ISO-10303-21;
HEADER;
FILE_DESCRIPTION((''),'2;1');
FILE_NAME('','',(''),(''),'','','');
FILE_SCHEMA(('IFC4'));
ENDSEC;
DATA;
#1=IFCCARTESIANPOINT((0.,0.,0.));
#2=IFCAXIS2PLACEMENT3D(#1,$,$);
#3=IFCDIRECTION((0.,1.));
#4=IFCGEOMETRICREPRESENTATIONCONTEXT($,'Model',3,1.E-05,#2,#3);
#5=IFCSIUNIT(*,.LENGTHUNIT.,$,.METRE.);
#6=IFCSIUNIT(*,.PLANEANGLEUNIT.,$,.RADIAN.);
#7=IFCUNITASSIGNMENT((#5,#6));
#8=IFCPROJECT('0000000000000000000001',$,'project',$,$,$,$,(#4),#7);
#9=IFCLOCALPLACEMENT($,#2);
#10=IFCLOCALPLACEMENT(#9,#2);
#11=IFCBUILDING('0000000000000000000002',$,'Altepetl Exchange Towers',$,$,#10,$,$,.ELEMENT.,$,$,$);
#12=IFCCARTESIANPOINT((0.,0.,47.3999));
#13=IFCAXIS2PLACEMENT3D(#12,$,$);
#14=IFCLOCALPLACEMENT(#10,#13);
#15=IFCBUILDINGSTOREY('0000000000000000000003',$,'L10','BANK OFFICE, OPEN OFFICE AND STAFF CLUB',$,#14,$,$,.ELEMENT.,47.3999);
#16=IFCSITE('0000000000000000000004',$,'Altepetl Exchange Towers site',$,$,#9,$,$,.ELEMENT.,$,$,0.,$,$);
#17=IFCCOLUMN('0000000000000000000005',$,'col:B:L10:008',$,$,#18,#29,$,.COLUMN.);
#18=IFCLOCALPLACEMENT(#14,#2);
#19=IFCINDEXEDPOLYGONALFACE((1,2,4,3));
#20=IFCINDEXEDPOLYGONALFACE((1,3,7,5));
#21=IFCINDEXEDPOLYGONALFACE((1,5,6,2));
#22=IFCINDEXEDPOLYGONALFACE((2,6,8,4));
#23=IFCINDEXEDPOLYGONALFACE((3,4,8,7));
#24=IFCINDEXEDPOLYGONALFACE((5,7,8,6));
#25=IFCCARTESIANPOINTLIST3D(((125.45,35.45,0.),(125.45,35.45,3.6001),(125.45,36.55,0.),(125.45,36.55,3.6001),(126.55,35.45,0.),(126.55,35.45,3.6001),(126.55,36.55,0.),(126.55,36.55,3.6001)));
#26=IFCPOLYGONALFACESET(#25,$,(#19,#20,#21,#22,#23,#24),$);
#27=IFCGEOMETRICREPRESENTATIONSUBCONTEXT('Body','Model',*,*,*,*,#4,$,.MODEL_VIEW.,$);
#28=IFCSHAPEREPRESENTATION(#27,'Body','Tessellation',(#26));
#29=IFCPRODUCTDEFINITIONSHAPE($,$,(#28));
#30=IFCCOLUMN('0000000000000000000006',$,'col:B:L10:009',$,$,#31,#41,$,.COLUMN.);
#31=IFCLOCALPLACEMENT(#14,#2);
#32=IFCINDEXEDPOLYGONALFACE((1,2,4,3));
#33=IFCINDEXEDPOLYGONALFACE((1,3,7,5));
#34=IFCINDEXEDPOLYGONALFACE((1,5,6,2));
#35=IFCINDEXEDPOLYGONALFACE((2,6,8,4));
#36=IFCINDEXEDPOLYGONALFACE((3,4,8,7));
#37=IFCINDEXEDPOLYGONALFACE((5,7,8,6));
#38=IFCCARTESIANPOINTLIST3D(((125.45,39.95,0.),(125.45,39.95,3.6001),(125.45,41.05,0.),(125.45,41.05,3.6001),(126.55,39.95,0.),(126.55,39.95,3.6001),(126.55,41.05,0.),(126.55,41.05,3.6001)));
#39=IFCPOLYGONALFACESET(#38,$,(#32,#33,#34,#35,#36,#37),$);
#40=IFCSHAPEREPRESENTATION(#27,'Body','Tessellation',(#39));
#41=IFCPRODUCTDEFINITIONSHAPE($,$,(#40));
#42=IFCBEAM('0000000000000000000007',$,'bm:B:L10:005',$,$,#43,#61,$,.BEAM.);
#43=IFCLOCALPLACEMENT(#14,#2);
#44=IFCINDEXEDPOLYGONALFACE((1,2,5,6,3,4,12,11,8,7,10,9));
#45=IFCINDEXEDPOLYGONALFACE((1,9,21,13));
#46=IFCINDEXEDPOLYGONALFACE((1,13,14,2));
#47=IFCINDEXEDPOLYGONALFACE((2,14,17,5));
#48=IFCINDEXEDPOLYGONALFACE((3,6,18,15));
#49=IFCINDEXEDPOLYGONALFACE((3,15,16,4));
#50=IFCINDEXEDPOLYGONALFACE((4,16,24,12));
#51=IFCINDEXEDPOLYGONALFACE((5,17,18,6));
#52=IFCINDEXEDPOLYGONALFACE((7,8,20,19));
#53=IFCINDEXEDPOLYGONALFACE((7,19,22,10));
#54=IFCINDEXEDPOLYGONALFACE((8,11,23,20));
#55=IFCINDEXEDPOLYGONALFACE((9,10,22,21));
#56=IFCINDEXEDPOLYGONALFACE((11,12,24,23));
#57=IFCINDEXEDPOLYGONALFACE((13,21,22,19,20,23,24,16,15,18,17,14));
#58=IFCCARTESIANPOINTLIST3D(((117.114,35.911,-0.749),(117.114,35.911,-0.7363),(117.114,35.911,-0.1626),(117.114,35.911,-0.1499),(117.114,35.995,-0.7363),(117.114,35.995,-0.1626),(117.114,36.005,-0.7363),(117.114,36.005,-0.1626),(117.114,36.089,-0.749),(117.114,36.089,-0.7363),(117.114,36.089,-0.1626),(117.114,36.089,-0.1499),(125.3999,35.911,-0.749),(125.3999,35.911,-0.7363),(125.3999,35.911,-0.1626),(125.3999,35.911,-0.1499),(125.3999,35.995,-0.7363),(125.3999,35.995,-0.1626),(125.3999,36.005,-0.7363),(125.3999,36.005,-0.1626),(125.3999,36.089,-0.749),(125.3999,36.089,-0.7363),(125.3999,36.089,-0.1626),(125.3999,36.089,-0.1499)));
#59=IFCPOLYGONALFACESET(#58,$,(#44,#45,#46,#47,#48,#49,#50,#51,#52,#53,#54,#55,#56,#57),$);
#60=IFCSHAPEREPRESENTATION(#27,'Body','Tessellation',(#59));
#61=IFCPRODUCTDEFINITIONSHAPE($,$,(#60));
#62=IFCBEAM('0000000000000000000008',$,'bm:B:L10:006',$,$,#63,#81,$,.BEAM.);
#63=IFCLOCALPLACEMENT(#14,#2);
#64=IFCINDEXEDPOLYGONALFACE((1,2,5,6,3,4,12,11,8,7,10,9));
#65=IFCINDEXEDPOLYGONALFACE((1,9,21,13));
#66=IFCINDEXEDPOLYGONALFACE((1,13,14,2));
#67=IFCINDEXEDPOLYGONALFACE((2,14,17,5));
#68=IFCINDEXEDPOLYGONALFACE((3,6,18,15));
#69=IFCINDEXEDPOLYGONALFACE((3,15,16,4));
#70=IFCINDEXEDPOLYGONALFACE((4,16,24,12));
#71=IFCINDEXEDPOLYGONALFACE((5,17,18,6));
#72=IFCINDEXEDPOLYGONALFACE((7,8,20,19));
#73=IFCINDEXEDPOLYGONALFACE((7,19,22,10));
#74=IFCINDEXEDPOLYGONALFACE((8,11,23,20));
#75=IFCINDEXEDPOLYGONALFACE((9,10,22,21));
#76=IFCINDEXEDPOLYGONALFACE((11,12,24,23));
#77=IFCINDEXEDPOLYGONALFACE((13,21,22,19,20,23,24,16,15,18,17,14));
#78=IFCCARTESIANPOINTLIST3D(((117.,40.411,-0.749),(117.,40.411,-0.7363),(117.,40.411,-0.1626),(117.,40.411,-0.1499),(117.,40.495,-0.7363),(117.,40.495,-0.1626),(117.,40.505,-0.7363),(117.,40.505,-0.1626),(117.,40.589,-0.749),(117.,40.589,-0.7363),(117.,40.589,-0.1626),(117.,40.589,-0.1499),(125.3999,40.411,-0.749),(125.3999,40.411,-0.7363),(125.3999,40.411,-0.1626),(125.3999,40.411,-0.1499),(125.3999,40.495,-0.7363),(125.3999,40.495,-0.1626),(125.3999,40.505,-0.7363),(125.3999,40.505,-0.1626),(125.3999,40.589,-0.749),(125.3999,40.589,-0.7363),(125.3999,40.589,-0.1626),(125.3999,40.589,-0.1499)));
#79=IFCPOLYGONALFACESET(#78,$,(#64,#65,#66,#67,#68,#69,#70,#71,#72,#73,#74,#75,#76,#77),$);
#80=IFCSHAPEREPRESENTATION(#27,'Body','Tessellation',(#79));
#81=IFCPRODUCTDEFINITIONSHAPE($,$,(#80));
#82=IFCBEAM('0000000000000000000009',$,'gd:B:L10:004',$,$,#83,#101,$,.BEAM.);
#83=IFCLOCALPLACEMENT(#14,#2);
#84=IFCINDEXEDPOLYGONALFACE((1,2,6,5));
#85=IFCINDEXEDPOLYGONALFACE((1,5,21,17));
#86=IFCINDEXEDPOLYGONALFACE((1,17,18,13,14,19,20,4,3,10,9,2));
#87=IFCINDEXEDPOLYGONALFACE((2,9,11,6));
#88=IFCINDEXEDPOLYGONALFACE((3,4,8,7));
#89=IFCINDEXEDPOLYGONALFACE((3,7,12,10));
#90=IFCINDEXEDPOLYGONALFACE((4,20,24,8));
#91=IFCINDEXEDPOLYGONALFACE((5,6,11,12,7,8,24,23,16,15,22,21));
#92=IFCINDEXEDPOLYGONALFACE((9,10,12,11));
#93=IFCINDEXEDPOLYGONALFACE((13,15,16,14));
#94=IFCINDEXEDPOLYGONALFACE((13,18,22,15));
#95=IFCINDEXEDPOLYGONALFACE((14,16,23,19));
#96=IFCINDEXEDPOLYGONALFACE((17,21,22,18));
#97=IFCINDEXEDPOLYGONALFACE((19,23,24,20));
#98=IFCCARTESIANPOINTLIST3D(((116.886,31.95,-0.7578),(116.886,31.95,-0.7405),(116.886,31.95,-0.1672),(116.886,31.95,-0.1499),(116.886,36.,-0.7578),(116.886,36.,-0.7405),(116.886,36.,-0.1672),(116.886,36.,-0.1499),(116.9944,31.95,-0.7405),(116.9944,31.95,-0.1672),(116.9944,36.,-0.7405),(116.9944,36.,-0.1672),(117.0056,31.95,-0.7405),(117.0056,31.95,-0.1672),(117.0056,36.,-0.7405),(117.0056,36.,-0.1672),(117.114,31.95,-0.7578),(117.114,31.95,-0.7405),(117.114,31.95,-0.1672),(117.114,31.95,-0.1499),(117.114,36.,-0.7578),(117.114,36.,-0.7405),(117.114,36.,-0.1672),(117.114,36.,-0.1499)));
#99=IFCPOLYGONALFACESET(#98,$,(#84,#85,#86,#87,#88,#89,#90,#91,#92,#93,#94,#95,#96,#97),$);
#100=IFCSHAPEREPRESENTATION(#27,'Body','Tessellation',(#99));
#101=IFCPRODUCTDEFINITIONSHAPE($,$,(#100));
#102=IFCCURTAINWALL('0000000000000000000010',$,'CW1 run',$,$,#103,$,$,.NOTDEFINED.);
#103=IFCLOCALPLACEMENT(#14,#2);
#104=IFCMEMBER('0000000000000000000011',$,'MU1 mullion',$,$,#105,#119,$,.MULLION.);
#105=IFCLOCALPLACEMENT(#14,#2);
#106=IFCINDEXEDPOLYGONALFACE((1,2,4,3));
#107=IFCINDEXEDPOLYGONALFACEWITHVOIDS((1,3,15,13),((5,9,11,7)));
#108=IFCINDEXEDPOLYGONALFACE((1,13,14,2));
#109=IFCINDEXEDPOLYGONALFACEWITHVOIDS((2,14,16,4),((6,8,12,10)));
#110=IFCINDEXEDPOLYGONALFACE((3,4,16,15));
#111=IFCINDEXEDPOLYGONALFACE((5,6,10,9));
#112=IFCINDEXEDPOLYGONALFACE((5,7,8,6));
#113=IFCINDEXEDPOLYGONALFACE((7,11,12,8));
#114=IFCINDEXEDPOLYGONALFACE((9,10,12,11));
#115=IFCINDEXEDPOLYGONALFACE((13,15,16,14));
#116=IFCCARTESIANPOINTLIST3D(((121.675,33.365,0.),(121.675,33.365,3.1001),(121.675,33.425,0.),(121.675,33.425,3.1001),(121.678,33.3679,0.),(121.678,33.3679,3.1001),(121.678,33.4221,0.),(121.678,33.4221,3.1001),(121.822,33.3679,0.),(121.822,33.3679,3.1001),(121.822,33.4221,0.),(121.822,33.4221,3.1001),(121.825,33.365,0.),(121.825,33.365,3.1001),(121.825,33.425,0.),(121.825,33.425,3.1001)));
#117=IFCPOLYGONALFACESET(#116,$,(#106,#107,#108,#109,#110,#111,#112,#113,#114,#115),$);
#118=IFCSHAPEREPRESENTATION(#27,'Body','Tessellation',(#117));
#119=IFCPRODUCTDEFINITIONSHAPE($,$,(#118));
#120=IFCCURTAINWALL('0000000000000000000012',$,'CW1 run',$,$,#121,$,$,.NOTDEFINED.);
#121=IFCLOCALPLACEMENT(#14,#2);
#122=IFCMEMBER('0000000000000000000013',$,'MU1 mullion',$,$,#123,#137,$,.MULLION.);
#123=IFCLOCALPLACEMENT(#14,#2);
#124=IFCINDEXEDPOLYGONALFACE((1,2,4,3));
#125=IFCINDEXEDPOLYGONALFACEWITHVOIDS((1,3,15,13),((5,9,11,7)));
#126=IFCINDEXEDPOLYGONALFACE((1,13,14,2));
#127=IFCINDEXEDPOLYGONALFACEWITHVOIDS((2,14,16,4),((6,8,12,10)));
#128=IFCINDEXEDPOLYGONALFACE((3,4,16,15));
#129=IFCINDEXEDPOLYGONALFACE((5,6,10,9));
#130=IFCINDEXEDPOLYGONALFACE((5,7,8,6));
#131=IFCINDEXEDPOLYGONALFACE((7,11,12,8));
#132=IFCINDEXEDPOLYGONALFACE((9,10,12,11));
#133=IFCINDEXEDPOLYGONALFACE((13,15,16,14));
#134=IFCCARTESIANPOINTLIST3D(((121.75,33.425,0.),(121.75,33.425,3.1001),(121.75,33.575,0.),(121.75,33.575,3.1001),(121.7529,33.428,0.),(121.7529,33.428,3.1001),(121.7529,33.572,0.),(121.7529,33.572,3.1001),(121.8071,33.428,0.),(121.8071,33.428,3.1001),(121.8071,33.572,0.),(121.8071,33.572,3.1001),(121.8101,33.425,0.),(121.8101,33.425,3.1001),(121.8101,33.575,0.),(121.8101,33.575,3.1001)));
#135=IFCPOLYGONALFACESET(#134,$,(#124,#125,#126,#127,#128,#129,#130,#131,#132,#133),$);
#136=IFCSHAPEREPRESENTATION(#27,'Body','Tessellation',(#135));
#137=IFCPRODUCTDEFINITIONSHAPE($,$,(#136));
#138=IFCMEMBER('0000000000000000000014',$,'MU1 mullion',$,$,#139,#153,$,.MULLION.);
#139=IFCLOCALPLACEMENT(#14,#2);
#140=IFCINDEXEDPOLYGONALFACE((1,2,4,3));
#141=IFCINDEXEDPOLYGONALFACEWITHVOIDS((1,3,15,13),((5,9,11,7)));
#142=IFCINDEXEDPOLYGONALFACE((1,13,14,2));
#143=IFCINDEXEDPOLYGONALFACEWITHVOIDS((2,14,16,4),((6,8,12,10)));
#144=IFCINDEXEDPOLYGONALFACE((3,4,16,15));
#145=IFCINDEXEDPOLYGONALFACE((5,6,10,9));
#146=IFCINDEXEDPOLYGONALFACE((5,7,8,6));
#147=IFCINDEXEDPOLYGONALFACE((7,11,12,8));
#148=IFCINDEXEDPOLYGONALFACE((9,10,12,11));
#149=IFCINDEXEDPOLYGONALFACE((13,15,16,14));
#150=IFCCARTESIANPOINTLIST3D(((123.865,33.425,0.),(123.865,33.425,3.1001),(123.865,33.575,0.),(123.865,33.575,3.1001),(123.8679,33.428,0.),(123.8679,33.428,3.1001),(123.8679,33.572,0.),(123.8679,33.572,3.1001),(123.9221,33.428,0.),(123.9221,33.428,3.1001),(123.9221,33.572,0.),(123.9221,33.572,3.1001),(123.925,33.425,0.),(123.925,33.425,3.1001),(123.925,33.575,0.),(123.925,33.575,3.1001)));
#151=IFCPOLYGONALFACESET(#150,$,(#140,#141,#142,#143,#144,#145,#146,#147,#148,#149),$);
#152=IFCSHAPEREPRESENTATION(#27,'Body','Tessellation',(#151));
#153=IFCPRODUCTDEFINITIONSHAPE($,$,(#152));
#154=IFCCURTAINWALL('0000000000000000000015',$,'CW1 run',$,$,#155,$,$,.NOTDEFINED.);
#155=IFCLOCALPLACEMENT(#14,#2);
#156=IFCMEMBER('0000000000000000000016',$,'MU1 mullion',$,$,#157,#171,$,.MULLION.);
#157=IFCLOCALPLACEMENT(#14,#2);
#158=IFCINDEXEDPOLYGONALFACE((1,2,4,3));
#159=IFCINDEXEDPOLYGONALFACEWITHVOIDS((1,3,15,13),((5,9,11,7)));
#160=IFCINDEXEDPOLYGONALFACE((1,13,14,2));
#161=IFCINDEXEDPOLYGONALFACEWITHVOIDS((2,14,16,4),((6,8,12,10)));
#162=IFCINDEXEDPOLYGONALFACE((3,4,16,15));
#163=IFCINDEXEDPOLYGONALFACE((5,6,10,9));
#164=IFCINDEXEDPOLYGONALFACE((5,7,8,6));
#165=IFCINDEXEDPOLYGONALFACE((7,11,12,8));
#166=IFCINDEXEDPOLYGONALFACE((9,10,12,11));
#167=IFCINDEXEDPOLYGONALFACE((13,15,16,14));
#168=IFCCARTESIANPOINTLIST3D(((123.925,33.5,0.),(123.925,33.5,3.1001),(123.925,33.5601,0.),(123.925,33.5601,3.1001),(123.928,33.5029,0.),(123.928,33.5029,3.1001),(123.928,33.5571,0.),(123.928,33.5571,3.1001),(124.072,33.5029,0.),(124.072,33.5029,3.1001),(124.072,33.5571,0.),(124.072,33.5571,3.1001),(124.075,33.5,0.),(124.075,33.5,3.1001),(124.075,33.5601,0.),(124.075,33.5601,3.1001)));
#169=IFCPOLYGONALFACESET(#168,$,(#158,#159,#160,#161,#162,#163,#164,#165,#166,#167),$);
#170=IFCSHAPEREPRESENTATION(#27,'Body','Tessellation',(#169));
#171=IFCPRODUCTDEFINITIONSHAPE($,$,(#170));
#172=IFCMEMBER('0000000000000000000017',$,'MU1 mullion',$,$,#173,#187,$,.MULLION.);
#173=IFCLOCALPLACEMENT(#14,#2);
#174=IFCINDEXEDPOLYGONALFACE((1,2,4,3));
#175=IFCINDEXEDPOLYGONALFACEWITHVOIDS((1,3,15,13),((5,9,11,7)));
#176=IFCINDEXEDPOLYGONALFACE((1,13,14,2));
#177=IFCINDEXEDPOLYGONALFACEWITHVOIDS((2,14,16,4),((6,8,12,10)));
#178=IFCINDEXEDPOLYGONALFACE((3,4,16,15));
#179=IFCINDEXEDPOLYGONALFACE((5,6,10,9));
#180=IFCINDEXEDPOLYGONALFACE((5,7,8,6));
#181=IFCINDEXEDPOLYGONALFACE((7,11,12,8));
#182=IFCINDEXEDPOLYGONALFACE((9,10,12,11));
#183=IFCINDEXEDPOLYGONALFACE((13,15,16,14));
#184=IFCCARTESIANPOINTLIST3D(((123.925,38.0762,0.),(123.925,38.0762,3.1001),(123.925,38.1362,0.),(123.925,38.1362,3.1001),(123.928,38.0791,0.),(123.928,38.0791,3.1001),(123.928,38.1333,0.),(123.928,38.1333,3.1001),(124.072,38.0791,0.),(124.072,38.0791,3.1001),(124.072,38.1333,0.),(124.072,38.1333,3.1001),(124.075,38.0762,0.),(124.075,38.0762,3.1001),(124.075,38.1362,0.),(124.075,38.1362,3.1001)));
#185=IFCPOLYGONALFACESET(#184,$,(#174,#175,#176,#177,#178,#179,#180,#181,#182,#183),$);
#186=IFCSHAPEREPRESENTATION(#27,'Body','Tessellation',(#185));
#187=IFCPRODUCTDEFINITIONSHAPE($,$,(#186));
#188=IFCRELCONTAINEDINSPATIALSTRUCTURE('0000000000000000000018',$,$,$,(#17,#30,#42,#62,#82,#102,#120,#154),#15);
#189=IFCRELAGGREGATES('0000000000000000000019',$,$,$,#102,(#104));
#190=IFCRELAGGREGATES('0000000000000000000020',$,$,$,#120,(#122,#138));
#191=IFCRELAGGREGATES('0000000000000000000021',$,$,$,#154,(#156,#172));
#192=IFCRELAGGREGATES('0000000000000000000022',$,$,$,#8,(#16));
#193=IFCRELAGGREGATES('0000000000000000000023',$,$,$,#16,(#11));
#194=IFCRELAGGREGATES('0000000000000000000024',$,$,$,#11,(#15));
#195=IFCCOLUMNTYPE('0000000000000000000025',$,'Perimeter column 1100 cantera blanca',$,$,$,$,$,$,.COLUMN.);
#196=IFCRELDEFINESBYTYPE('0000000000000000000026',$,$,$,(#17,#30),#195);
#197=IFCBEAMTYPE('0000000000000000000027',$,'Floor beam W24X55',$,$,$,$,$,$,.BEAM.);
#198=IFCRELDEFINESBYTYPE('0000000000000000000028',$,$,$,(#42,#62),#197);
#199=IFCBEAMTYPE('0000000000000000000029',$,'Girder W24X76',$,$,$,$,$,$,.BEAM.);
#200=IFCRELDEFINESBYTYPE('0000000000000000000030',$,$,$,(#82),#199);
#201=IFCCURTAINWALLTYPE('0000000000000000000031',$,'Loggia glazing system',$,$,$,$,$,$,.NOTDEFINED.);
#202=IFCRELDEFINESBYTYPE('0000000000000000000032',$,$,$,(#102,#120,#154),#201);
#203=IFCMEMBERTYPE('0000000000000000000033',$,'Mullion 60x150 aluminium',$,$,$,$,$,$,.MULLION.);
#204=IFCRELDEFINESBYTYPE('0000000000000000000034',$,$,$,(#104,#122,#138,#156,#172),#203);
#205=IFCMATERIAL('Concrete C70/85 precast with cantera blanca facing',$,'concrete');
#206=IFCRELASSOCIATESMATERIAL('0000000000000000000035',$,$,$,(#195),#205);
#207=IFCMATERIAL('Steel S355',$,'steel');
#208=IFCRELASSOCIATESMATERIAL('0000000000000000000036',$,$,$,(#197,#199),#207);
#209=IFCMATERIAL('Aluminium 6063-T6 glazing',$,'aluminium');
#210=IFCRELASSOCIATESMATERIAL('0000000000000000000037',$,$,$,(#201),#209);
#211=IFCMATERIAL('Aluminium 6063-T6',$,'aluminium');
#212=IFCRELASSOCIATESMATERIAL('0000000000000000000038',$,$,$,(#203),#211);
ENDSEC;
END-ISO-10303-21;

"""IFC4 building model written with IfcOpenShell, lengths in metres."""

from ifc_helpers import new_model, si_unit, direction, frame, origin, origin_2d, place, context, subcontext, project, spatial, rectangle, hollow_rectangle, i_section, extrude, material, material_profile, profile_set, type_object, element, aggregate, save


model = new_model("IFC4")

# Units and contexts
model_context = context("Model", 3, precision=1e-05, world=origin(), true_north=direction((0.0, 1.0)))
body_context = subcontext(model_context, "Body", "Model", "MODEL_VIEW")
ifc_project = project(units=[si_unit("LENGTHUNIT", "METRE"), si_unit("PLANEANGLEUNIT", "RADIAN")], contexts=[model_context])

# Site, building, storey
site_placement = place(None, origin())
site = spatial("IfcSite", under=ifc_project, at=site_placement, Name="Altepetl Exchange Towers site", CompositionType="ELEMENT", RefElevation=0.0)
building_placement = place(site_placement, origin())
building = spatial("IfcBuilding", under=site, at=building_placement, Name="Altepetl Exchange Towers", CompositionType="ELEMENT")
storey_placement = place(building_placement, frame((0.0, 0.0, 47.3999)))
storey = spatial("IfcBuildingStorey", under=building, at=storey_placement, Name="L10", Description="BANK OFFICE, OPEN OFFICE AND STAFF CLUB", CompositionType="ELEMENT", Elevation=47.3999)

# Columns
ifc_material_1 = material(Name="Concrete C70/85 precast with cantera blanca facing", Category="concrete")
ifc_material_profile_1 = material_profile(ifc_material_1, rectangle(XDim=1.1001, YDim=1.1001, at=origin_2d()), Name="1100 x 1100")
ifc_profile_set_1 = profile_set([ifc_material_profile_1], Name="Concrete C70/85 precast with cantera blanca facing")
column_type = type_object("IfcColumnType", Name="Perimeter column 1100 cantera blanca", PredefinedType="COLUMN", material=ifc_profile_set_1)
for number, where, name in (
    (1, (126.0, 36.0, 0.0), "col:B:L10:008"),
    (2, (126.0, 40.5, 0.0), "col:B:L10:009"),
):
    element("IfcColumn", number, at=place(storey_placement, frame(where)), inside=storey, type_object=column_type, Name=name, PredefinedType="COLUMN", context=body_context, shape_type="SweptSolid", body=[
        extrude(rectangle(XDim=1.1001, YDim=1.1001, at=origin_2d()), origin(), (0.0, 0.0, 1.0), 3.6001),
    ])

# Beams
ifc_material_2 = material(Name="Steel S355", Category="steel")
ifc_material_profile_2 = material_profile(ifc_material_2, i_section(OverallWidth=0.178, OverallDepth=0.5991, WebThickness=0.01, FlangeThickness=0.0127, at=origin_2d()), Name="W24X55")
ifc_profile_set_2 = profile_set([ifc_material_profile_2], Name="Steel S355")
beam_type_1 = type_object("IfcBeamType", Name="Floor beam W24X55", PredefinedType="BEAM", material=ifc_profile_set_2)
beam_1_placement = place(storey_placement, frame((117.114, 36.0, -0.4495), z_axis=(1.0, 0.0, 0.0), x_axis=(0.0, 1.0, 0.0)))
element("IfcBeam", 3, at=beam_1_placement, inside=storey, type_object=beam_type_1, Name="bm:B:L10:005", PredefinedType="BEAM", context=body_context, shape_type="SweptSolid", body=[
    extrude(i_section(OverallWidth=0.178, OverallDepth=0.5991, WebThickness=0.01, FlangeThickness=0.0127, at=origin_2d()), origin(), (0.0, 0.0, 1.0), 8.2859),
])
beam_2_placement = place(storey_placement, frame((117.0, 40.5, -0.4495), z_axis=(1.0, 0.0, 0.0), x_axis=(0.0, 1.0, 0.0)))
element("IfcBeam", 4, at=beam_2_placement, inside=storey, type_object=beam_type_1, Name="bm:B:L10:006", PredefinedType="BEAM", context=body_context, shape_type="SweptSolid", body=[
    extrude(i_section(OverallWidth=0.178, OverallDepth=0.5991, WebThickness=0.01, FlangeThickness=0.0127, at=origin_2d()), origin(), (0.0, 0.0, 1.0), 8.3999),
])
ifc_material_profile_3 = material_profile(ifc_material_2, i_section(OverallWidth=0.228, OverallDepth=0.6079, WebThickness=0.0112, FlangeThickness=0.0173, at=origin_2d()), Name="W24X76")
ifc_profile_set_3 = profile_set([ifc_material_profile_3], Name="Steel S355")
beam_type_2 = type_object("IfcBeamType", Name="Girder W24X76", PredefinedType="BEAM", material=ifc_profile_set_3)
beam_3_placement = place(storey_placement, frame((117.0, 36.0, -0.4539), z_axis=(0.0, -1.0, 0.0), x_axis=(1.0, 0.0, 0.0)))
element("IfcBeam", 5, at=beam_3_placement, inside=storey, type_object=beam_type_2, Name="gd:B:L10:004", PredefinedType="BEAM", context=body_context, shape_type="SweptSolid", body=[
    extrude(i_section(OverallWidth=0.228, OverallDepth=0.6079, WebThickness=0.0112, FlangeThickness=0.0173, at=origin_2d()), origin(), (0.0, 0.0, 1.0), 4.05),
])

# Curtain wall, member
ifc_material_3 = material(Name="Aluminium 6063-T6 glazing", Category="aluminium")
curtain_wall_type = type_object("IfcCurtainWallType", Name="Loggia glazing system", PredefinedType="NOTDEFINED", material=ifc_material_3)
curtain_wall_1_placement = place(storey_placement, origin())
curtain_wall_1 = element("IfcCurtainWall", 6, at=curtain_wall_1_placement, inside=storey, type_object=curtain_wall_type, Name="CW1 run", PredefinedType="NOTDEFINED")
ifc_material_4 = material(Name="Aluminium 6063-T6", Category="aluminium")
ifc_material_profile_4 = material_profile(ifc_material_4, hollow_rectangle(XDim=0.0601, YDim=0.1499, WallThickness=0.0029, at=origin_2d()), Name="Mullion 60x150 aluminium")
ifc_profile_set_4 = profile_set([ifc_material_profile_4], Name="Aluminium 6063-T6")
member_type = type_object("IfcMemberType", Name="Mullion 60x150 aluminium", PredefinedType="MULLION", material=ifc_profile_set_4)
member_1_placement = place(storey_placement, frame((121.75, 33.395, 0.0), z_axis=(0.0, 0.0, 1.0), x_axis=(0.0, 1.0, 0.0)))
member_1 = element("IfcMember", 7, at=member_1_placement, type_object=member_type, Name="MU1 mullion", PredefinedType="MULLION", context=body_context, shape_type="SweptSolid", body=[
    extrude(hollow_rectangle(XDim=0.0601, YDim=0.1499, WallThickness=0.0029, at=origin_2d()), origin(), (0.0, 0.0, 1.0), 3.1001),
])

# Curtain walls, members
curtain_wall_2_placement = place(storey_placement, origin())
curtain_wall_2 = element("IfcCurtainWall", 8, at=curtain_wall_2_placement, inside=storey, type_object=curtain_wall_type, Name="CW1 run", PredefinedType="NOTDEFINED")
member_2_placement = place(storey_placement, frame((121.78, 33.5, 0.0)))
member_2 = element("IfcMember", 9, at=member_2_placement, type_object=member_type, Name="MU1 mullion", PredefinedType="MULLION", context=body_context, shape_type="SweptSolid", body=[
    extrude(hollow_rectangle(XDim=0.0601, YDim=0.1499, WallThickness=0.0029, at=origin_2d()), origin(), (0.0, 0.0, 1.0), 3.1001),
])
member_3_placement = place(storey_placement, frame((123.895, 33.5, 0.0)))
member_3 = element("IfcMember", 10, at=member_3_placement, type_object=member_type, Name="MU1 mullion", PredefinedType="MULLION", context=body_context, shape_type="SweptSolid", body=[
    extrude(hollow_rectangle(XDim=0.0601, YDim=0.1499, WallThickness=0.0029, at=origin_2d()), origin(), (0.0, 0.0, 1.0), 3.1001),
])
curtain_wall_3_placement = place(storey_placement, origin())
curtain_wall_3 = element("IfcCurtainWall", 11, at=curtain_wall_3_placement, inside=storey, type_object=curtain_wall_type, Name="CW1 run", PredefinedType="NOTDEFINED")
member_4_placement = place(storey_placement, frame((124.0, 33.53, 0.0), z_axis=(0.0, 0.0, 1.0), x_axis=(0.0, 1.0, 0.0)))
member_4 = element("IfcMember", 12, at=member_4_placement, type_object=member_type, Name="MU1 mullion", PredefinedType="MULLION", context=body_context, shape_type="SweptSolid", body=[
    extrude(hollow_rectangle(XDim=0.0601, YDim=0.1499, WallThickness=0.0029, at=origin_2d()), origin(), (0.0, 0.0, 1.0), 3.1001),
])
member_5_placement = place(storey_placement, frame((124.0, 38.1062, 0.0), z_axis=(0.0, 0.0, 1.0), x_axis=(0.0, 1.0, 0.0)))
member_5 = element("IfcMember", 13, at=member_5_placement, type_object=member_type, Name="MU1 mullion", PredefinedType="MULLION", context=body_context, shape_type="SweptSolid", body=[
    extrude(hollow_rectangle(XDim=0.0601, YDim=0.1499, WallThickness=0.0029, at=origin_2d()), origin(), (0.0, 0.0, 1.0), 3.1001),
])

aggregate(curtain_wall_1, [member_1])
aggregate(curtain_wall_2, [member_2, member_3])
aggregate(curtain_wall_3, [member_4, member_5])

save(model, "model.ifc")
